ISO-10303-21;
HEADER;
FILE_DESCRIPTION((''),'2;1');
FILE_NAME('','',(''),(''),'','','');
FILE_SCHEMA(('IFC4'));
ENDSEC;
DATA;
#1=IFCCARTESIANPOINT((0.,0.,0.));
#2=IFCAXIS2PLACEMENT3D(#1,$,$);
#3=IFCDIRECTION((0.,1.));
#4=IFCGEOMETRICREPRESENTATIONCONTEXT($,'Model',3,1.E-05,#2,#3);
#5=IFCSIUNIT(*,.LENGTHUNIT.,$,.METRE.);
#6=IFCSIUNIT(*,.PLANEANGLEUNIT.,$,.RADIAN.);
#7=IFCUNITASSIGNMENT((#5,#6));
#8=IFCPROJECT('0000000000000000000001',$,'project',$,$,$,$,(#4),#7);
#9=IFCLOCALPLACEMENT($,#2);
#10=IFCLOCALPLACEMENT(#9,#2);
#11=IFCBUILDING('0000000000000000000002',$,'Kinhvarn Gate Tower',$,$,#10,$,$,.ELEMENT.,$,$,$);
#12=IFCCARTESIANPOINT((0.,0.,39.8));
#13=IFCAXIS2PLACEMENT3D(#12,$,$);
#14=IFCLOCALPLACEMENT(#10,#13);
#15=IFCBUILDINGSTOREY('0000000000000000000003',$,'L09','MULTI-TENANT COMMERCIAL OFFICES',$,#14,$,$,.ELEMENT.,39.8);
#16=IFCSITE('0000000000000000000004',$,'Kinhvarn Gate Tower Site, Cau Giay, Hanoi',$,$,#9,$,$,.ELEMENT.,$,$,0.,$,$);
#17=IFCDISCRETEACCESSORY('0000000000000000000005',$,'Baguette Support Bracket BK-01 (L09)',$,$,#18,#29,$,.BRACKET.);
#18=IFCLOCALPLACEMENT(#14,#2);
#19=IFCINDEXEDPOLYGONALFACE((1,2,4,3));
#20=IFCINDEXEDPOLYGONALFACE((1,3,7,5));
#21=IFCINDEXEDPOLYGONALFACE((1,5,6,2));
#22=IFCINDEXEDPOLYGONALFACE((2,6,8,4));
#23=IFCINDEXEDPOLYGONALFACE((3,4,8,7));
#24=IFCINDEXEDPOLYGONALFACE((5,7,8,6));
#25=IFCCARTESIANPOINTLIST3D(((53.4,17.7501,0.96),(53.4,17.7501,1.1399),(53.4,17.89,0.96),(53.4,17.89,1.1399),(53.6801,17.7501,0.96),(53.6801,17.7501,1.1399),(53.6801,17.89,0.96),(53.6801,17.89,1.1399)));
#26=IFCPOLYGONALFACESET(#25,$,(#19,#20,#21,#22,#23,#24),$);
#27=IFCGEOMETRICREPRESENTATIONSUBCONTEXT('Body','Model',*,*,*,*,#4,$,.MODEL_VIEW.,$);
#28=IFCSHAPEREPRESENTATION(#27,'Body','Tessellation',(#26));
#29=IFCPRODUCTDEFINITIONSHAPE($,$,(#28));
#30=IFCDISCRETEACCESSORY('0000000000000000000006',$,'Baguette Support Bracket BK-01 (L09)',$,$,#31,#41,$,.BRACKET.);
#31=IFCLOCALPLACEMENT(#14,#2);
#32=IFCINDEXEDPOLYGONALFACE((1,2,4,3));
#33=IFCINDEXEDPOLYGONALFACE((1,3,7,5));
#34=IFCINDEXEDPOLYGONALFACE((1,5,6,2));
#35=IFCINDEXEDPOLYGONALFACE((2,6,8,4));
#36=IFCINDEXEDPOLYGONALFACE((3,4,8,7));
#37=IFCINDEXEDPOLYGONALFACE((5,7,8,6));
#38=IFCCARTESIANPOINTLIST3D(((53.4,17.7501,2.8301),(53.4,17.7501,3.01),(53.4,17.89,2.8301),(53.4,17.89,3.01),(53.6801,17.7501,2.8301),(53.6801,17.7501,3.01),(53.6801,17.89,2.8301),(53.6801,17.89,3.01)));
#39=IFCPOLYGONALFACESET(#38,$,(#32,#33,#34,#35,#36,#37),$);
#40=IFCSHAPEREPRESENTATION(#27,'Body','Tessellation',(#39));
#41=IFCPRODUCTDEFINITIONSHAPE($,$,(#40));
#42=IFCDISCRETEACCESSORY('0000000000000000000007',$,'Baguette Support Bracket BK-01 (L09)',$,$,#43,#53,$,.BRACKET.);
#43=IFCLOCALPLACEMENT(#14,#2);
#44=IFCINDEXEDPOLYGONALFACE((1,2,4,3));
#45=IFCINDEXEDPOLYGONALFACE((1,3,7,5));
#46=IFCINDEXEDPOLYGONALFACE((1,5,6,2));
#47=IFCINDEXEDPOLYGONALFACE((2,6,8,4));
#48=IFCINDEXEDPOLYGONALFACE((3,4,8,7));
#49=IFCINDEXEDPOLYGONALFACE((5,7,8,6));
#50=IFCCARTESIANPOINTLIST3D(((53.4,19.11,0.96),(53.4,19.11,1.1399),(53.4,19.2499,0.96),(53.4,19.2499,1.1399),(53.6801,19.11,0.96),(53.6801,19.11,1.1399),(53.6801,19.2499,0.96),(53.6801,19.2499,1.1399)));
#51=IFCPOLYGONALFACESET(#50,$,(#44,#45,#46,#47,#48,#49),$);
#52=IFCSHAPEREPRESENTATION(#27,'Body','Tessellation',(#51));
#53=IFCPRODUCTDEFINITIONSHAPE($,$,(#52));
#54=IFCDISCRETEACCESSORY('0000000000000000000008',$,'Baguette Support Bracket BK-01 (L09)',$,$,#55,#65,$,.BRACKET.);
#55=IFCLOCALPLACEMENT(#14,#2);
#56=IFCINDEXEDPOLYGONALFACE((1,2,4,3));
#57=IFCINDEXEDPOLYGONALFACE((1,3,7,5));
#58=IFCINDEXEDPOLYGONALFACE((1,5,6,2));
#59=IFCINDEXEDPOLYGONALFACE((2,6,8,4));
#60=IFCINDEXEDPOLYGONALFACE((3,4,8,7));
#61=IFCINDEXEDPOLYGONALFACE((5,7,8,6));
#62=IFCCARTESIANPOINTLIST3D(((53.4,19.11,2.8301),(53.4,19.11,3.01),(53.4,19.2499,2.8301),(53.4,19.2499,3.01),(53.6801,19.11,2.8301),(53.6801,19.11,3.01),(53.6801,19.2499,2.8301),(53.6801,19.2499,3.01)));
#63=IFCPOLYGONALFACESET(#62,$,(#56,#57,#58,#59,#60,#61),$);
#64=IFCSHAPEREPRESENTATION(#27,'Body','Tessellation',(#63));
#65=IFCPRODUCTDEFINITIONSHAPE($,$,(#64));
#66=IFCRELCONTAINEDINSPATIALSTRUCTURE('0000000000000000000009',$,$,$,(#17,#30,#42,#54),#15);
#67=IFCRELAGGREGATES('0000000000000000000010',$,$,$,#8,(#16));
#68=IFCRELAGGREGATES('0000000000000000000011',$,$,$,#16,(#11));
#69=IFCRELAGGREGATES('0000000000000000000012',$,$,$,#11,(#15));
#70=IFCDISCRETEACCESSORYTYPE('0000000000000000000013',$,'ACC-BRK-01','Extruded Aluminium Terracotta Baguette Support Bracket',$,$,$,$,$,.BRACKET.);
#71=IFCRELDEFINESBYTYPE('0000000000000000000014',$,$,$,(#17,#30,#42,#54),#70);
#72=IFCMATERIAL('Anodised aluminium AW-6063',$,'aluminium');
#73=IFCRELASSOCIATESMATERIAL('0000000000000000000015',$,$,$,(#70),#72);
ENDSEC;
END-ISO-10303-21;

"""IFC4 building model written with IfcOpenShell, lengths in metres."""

from ifc_helpers import new_model, si_unit, direction, frame, origin, origin_2d, place, context, subcontext, project, spatial, rectangle, extrude, material, type_object, element, save


model = new_model("IFC4")

# Units and contexts
model_context = context("Model", 3, precision=1e-05, world=origin(), true_north=direction((0.0, 1.0)))
body_context = subcontext(model_context, "Body", "Model", "MODEL_VIEW")
ifc_project = project(units=[si_unit("LENGTHUNIT", "METRE"), si_unit("PLANEANGLEUNIT", "RADIAN")], contexts=[model_context])

# Site, building, storey
site_placement = place(None, origin())
site = spatial("IfcSite", under=ifc_project, at=site_placement, Name="Kinhvarn Gate Tower Site, Cau Giay, Hanoi", CompositionType="ELEMENT", RefElevation=0.0)
building_placement = place(site_placement, origin())
building = spatial("IfcBuilding", under=site, at=building_placement, Name="Kinhvarn Gate Tower", CompositionType="ELEMENT")
storey_placement = place(building_placement, frame((0.0, 0.0, 39.8)))
storey = spatial("IfcBuildingStorey", under=building, at=storey_placement, Name="L09", Description="MULTI-TENANT COMMERCIAL OFFICES", CompositionType="ELEMENT", Elevation=39.8)

# Shared definitions
ifc_material_1 = material(Name="Anodised aluminium AW-6063", Category="aluminium")

# Discrete accessories
discrete_accessory_type = type_object("IfcDiscreteAccessoryType", Name="ACC-BRK-01", Description="Extruded Aluminium Terracotta Baguette Support Bracket", PredefinedType="BRACKET", material=ifc_material_1)
for number, where, z_axis, x_axis, name in (
    (1, (53.54, 17.8201, 0.96), (0.0, 0.0, 1.0), (0.0, 1.0, 0.0), "Baguette Support Bracket BK-01 (L09)"),
    (2, (53.54, 17.8201, 2.8301), (0.0, 0.0, 1.0), (0.0, 1.0, 0.0), "Baguette Support Bracket BK-01 (L09)"),
    (3, (53.54, 19.1799, 0.96), (0.0, 0.0, 1.0), (0.0, 1.0, 0.0), "Baguette Support Bracket BK-01 (L09)"),
    (4, (53.54, 19.1799, 2.8301), (0.0, 0.0, 1.0), (0.0, 1.0, 0.0), "Baguette Support Bracket BK-01 (L09)"),
):
    element("IfcDiscreteAccessory", number, at=place(storey_placement, frame(where, z_axis=z_axis, x_axis=x_axis)), inside=storey, type_object=discrete_accessory_type, Name=name, PredefinedType="BRACKET", context=body_context, shape_type="SweptSolid", body=[
        extrude(rectangle(XDim=0.1399, YDim=0.28, at=origin_2d()), origin(), (0.0, 0.0, 1.0), 0.1799),
    ])

save(model, "model.ifc")
